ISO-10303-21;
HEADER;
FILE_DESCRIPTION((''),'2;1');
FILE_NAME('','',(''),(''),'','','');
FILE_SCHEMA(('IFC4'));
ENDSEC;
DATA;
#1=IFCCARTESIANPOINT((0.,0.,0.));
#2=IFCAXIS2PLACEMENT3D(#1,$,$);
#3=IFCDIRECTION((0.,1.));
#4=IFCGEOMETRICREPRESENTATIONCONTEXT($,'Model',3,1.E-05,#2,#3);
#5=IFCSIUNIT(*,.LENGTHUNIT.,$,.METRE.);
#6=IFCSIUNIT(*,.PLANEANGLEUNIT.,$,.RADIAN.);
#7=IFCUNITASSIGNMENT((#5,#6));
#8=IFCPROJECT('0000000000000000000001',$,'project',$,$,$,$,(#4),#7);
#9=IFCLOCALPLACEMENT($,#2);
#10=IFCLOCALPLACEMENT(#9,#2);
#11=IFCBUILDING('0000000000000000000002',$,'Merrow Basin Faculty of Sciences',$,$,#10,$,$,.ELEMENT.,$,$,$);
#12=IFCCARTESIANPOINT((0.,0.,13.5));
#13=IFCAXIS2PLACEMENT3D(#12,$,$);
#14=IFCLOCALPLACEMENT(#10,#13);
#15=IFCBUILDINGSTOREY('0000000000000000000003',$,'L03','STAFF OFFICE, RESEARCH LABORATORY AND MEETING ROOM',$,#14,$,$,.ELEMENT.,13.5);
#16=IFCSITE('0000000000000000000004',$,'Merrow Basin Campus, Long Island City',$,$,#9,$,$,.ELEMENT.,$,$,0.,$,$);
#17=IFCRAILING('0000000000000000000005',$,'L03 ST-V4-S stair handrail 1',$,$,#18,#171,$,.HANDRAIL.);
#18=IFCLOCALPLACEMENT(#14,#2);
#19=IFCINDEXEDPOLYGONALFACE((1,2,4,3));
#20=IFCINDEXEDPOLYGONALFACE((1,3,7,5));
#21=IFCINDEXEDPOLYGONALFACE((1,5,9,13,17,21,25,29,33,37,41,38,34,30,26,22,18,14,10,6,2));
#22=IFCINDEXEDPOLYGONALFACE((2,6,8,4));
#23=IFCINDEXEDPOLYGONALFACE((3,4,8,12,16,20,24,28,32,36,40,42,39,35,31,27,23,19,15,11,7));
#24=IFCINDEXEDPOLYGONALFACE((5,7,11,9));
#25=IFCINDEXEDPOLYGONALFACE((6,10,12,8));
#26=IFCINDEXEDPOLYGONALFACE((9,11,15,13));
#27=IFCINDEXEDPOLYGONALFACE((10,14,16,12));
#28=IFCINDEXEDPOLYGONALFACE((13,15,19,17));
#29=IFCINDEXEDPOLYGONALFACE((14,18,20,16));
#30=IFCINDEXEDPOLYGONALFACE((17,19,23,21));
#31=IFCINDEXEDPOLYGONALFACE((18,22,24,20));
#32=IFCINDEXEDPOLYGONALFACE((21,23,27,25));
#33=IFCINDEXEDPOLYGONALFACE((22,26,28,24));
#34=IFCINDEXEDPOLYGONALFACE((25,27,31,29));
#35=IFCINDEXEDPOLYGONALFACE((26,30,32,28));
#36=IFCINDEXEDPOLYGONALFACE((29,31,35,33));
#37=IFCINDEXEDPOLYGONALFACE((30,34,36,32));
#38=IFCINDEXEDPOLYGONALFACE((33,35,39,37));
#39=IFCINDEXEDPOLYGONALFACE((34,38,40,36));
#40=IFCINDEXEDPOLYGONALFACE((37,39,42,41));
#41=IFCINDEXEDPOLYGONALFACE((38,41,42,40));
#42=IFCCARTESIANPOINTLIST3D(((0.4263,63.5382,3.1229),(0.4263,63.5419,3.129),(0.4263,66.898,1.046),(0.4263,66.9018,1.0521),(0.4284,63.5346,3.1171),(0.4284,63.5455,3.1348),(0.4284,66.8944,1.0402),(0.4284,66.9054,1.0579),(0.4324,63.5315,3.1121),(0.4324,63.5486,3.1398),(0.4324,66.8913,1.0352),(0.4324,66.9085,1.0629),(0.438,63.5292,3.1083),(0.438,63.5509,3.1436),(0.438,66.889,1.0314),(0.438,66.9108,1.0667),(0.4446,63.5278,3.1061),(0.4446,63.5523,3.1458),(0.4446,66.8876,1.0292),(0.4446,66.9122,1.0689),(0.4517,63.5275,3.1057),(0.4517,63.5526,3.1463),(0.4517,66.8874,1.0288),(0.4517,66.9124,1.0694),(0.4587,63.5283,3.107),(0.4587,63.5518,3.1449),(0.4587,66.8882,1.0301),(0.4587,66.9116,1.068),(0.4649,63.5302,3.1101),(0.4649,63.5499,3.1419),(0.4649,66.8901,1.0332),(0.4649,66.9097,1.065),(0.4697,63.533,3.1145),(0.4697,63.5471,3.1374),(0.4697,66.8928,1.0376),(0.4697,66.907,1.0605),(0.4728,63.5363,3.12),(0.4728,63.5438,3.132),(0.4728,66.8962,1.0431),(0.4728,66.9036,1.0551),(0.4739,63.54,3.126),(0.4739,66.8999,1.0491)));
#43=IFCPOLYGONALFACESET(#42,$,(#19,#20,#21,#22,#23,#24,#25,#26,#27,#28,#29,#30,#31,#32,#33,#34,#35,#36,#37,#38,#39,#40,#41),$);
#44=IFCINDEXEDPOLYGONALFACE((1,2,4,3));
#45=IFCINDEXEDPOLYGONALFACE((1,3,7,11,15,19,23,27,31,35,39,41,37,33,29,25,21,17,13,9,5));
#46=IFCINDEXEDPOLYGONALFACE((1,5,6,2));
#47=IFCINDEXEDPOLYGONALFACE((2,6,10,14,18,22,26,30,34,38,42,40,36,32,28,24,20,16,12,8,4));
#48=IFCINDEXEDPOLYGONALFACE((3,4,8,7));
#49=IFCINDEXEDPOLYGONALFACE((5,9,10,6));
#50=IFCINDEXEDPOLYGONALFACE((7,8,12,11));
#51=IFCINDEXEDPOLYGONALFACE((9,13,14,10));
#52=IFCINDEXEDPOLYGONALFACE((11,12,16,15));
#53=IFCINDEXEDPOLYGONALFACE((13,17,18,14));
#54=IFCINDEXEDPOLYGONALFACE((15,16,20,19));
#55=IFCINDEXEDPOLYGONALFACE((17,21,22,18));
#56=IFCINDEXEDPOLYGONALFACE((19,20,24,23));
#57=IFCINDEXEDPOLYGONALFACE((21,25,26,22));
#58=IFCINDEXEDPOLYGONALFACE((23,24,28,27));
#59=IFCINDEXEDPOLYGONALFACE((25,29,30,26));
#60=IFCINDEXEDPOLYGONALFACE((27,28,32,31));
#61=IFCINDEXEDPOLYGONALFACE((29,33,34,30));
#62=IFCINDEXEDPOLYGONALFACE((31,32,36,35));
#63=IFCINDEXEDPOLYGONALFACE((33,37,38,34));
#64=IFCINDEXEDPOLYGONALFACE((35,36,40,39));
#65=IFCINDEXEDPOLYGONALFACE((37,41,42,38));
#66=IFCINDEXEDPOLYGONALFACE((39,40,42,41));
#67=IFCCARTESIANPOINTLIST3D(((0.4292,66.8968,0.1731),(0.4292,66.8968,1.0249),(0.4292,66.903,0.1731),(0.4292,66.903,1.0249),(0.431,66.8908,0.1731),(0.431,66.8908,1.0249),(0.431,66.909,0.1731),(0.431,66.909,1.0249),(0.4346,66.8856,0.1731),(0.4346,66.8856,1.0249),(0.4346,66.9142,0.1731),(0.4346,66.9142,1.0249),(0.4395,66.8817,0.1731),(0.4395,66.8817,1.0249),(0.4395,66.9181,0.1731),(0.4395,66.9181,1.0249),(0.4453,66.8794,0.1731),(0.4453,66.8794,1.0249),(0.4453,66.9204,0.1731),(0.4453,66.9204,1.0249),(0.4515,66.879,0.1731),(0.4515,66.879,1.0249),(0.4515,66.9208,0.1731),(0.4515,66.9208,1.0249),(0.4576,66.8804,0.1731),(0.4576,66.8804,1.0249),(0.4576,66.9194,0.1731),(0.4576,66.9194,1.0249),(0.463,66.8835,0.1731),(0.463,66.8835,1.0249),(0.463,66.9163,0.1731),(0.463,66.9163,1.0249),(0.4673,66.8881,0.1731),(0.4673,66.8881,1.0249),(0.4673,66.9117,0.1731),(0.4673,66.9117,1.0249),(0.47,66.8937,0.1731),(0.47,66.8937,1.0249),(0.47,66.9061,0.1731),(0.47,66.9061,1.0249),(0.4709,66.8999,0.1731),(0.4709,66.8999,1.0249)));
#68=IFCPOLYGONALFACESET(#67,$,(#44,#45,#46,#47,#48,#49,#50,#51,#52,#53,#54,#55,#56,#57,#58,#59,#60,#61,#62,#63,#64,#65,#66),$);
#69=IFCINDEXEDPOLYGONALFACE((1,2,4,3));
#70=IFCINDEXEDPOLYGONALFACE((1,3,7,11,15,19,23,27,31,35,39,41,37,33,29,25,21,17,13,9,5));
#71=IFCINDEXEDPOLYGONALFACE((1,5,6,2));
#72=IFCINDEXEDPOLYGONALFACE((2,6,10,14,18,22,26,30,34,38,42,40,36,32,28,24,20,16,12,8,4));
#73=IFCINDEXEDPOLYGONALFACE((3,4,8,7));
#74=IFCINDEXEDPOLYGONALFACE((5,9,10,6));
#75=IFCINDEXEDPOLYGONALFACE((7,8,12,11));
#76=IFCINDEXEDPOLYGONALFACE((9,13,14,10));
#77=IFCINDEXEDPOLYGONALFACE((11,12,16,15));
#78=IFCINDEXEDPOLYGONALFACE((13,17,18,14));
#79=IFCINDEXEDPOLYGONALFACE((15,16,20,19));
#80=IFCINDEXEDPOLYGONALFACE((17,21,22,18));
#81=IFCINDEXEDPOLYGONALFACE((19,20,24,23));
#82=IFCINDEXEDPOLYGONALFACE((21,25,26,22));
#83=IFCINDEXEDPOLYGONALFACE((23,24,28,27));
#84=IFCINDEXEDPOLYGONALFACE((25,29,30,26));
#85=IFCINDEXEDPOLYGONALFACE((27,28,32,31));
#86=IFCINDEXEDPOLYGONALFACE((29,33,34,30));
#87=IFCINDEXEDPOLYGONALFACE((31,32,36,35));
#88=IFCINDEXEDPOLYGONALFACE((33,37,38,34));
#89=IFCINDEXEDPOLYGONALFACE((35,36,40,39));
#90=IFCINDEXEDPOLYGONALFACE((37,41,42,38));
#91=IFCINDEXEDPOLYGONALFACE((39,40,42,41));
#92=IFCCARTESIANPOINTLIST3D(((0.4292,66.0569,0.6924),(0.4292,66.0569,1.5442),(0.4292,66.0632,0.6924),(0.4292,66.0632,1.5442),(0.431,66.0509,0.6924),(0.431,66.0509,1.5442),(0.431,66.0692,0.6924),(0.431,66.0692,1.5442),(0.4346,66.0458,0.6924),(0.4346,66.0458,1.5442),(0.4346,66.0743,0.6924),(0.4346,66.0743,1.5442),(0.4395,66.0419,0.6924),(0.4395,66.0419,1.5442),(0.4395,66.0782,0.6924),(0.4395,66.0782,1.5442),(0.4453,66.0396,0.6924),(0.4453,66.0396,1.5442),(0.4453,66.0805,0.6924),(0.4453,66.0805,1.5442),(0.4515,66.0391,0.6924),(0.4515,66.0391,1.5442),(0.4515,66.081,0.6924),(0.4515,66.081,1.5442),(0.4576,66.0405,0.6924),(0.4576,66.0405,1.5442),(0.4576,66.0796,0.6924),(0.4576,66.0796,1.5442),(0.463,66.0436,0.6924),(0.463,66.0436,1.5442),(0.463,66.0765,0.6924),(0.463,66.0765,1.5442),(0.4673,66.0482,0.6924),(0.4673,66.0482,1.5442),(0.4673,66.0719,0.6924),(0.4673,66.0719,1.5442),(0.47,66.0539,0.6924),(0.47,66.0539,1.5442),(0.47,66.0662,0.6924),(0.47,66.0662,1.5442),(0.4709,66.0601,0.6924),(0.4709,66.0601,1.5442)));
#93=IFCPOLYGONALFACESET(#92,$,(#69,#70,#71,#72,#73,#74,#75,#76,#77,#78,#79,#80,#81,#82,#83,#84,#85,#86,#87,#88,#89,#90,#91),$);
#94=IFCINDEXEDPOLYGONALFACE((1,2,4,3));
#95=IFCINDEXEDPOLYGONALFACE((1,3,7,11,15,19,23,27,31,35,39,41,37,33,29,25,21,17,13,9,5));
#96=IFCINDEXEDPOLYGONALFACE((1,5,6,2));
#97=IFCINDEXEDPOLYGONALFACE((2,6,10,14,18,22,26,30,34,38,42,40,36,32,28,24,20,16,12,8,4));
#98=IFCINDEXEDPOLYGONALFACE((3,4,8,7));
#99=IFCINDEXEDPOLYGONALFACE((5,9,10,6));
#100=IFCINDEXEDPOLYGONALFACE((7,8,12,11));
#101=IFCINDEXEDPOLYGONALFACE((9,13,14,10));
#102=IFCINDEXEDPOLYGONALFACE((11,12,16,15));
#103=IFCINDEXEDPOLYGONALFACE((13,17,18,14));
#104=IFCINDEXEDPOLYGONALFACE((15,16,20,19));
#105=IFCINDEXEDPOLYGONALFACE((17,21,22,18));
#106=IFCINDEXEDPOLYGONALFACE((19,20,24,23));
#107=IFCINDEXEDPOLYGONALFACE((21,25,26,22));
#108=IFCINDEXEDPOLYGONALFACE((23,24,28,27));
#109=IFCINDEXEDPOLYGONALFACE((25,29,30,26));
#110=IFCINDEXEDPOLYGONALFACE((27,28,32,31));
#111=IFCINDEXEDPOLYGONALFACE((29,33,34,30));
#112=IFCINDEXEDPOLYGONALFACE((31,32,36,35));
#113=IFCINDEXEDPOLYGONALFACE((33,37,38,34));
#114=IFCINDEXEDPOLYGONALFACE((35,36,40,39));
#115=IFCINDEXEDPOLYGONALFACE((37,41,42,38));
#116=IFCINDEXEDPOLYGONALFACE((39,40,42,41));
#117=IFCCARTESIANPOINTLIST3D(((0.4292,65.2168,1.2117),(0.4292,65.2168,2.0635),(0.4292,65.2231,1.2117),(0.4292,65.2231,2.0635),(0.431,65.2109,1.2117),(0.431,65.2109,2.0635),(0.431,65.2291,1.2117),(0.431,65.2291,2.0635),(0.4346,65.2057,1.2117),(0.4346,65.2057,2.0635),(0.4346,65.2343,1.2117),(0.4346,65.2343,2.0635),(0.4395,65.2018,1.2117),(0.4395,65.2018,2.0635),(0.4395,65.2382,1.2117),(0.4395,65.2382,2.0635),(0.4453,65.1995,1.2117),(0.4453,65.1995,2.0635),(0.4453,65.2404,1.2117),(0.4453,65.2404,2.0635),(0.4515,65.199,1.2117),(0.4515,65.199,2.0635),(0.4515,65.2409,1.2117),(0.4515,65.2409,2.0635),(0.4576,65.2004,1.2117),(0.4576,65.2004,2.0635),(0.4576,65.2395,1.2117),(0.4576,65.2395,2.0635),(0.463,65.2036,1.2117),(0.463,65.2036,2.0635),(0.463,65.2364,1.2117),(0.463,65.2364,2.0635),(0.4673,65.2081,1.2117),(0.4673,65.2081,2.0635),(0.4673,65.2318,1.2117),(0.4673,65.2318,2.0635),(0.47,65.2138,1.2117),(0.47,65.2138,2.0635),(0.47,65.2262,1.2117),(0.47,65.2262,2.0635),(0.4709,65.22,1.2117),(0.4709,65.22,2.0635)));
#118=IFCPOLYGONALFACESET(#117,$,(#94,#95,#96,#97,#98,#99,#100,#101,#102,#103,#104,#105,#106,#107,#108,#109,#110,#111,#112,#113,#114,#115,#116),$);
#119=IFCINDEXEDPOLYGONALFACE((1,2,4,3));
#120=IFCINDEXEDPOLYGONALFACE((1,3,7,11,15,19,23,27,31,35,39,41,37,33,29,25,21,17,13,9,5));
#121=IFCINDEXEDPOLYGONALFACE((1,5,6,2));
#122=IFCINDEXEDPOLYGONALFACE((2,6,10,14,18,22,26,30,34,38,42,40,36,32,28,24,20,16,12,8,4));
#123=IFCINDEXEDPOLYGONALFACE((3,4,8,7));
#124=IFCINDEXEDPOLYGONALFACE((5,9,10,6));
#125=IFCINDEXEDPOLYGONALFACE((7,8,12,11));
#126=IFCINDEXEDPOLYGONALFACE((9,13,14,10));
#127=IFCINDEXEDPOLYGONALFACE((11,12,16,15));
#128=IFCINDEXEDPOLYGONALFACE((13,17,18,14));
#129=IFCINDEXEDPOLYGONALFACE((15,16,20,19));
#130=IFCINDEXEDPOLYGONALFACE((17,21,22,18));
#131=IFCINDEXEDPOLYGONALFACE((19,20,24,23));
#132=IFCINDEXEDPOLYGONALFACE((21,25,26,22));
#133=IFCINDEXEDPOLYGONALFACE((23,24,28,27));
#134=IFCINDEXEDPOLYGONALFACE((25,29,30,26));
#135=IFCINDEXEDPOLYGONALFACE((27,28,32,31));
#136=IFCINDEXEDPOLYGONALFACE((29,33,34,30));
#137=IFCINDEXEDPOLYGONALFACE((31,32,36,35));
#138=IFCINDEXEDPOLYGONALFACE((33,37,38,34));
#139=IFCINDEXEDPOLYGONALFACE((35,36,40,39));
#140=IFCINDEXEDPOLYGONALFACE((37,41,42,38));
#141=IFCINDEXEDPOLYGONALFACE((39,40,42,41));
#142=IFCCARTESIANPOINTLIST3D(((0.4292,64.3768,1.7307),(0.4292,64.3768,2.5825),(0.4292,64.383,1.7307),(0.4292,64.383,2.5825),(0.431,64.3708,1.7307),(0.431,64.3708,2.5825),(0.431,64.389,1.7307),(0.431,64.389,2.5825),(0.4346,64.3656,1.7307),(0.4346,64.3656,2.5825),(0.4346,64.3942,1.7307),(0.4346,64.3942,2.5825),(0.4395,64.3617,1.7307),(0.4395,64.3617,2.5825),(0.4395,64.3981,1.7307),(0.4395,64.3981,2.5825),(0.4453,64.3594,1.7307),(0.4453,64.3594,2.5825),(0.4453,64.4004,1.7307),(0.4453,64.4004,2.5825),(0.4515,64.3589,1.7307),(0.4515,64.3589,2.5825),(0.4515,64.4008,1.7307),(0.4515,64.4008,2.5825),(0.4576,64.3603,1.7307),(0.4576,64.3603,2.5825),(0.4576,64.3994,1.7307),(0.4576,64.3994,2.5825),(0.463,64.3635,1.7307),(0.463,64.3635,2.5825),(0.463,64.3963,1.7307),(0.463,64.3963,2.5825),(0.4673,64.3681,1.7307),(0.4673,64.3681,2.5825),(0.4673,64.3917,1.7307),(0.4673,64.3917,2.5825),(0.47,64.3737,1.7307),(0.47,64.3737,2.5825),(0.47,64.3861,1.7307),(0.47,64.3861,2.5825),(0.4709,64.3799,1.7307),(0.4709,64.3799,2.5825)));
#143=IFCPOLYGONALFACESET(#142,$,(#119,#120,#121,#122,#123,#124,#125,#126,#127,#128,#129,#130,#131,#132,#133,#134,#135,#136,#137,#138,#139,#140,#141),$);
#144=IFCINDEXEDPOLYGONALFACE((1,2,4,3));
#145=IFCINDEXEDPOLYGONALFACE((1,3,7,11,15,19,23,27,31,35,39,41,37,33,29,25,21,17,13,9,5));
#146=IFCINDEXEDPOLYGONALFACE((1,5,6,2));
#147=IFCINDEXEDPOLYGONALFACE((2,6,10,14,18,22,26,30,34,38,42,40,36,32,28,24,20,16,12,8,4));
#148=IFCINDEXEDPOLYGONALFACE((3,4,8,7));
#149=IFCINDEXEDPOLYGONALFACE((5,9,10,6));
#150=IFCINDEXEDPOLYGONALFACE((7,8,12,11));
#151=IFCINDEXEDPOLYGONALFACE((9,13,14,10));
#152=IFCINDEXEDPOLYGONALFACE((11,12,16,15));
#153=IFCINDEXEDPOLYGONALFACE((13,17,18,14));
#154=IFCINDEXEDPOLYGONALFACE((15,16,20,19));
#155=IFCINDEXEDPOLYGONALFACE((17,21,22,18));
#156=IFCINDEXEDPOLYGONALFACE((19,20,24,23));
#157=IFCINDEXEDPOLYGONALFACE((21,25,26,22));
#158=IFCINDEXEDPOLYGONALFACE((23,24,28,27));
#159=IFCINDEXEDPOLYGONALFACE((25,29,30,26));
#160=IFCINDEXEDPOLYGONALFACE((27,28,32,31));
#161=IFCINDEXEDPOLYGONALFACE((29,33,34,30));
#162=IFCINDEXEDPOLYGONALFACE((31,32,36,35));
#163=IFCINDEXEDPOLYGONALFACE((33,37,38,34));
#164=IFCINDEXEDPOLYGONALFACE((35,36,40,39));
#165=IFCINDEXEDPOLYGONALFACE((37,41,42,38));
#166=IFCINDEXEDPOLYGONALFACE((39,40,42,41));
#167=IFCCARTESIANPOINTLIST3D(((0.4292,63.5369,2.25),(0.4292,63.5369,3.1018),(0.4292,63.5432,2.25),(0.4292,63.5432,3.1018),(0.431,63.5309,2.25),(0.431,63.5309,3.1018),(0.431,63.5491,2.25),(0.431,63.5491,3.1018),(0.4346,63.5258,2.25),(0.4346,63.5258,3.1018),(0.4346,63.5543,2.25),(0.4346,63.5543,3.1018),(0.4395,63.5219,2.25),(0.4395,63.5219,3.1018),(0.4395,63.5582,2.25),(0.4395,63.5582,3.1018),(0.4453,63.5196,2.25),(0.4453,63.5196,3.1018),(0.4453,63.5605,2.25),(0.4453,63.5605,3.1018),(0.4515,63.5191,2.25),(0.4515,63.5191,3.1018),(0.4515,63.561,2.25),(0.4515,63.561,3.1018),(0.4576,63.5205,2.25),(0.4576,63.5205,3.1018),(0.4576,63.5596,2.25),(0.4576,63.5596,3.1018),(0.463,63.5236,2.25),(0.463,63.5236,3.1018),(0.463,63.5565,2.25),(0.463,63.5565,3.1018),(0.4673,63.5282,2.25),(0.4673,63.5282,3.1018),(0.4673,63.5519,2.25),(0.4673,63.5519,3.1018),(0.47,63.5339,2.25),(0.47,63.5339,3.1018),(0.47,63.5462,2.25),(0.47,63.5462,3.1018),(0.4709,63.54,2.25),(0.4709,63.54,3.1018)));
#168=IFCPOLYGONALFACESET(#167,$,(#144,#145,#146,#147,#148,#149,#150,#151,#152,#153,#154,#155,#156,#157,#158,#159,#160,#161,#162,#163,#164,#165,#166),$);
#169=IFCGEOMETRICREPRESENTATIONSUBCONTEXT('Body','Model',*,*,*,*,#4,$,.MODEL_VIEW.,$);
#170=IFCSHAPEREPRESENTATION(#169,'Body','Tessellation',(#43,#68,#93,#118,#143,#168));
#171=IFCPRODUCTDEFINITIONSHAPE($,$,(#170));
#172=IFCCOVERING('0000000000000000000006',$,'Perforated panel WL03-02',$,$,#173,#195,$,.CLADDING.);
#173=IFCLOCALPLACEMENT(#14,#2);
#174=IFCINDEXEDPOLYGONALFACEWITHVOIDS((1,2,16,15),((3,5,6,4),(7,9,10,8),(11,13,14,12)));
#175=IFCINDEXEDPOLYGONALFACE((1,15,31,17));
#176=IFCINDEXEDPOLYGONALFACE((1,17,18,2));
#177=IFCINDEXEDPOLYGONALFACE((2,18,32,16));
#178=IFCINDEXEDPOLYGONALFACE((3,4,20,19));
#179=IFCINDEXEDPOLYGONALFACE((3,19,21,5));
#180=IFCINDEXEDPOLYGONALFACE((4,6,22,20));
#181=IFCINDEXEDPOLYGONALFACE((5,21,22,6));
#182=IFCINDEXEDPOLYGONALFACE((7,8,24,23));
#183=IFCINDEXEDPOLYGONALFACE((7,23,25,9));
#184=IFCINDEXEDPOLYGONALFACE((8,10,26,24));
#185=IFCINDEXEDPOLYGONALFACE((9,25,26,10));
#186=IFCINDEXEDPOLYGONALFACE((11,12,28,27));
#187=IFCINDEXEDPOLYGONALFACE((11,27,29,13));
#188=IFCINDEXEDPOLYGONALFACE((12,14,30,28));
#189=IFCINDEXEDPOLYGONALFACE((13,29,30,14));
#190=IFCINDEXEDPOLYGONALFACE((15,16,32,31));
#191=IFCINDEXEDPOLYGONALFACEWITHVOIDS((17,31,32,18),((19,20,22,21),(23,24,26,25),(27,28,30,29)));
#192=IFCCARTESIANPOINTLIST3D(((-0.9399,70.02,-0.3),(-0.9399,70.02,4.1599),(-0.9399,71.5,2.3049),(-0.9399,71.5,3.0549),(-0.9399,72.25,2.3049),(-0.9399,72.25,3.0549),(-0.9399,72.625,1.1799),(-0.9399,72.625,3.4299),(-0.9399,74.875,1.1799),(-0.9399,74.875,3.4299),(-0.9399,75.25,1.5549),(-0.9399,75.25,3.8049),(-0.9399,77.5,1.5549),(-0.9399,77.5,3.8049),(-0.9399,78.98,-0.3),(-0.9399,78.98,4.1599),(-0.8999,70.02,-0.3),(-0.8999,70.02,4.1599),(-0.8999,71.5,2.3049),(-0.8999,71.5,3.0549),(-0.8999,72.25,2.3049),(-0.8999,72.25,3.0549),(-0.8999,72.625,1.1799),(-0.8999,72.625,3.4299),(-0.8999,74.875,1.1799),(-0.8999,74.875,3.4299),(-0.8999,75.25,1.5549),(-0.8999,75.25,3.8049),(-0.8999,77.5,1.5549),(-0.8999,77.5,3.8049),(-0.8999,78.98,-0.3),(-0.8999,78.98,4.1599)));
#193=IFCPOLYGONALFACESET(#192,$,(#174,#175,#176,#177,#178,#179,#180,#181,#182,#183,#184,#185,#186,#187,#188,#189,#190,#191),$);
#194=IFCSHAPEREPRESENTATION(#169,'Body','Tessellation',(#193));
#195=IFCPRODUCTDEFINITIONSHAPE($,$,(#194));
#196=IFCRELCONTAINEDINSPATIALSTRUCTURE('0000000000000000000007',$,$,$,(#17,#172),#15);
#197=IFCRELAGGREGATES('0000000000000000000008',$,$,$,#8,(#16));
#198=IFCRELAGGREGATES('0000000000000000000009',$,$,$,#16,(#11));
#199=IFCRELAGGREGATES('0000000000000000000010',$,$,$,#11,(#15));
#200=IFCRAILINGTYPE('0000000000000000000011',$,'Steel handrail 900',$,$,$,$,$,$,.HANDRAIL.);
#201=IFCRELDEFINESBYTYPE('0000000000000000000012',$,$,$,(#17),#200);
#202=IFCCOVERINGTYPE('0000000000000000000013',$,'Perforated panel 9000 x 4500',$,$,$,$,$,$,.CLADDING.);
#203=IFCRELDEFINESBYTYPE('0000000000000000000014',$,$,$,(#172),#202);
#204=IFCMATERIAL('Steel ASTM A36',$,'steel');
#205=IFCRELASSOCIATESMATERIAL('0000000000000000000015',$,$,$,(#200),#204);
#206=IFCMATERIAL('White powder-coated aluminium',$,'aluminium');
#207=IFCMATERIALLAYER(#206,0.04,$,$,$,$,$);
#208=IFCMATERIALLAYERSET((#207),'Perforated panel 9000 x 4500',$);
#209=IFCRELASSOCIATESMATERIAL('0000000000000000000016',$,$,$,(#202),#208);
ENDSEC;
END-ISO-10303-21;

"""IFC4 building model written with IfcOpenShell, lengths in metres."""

from ifc_helpers import new_model, si_unit, direction, frame, origin, origin_2d, place, context, subcontext, project, spatial, polyline, circle, outline, extrude, source, transform, mapped, material, layer, layer_set, type_object, element, save


model = new_model("IFC4")

# Units and contexts
model_context = context("Model", 3, precision=1e-05, world=origin(), true_north=direction((0.0, 1.0)))
body_context = subcontext(model_context, "Body", "Model", "MODEL_VIEW")
ifc_project = project(units=[si_unit("LENGTHUNIT", "METRE"), si_unit("PLANEANGLEUNIT", "RADIAN")], contexts=[model_context])

# Site, building, storey
site_placement = place(None, origin())
site = spatial("IfcSite", under=ifc_project, at=site_placement, Name="Merrow Basin Campus, Long Island City", CompositionType="ELEMENT", RefElevation=0.0)
building_placement = place(site_placement, origin())
building = spatial("IfcBuilding", under=site, at=building_placement, Name="Merrow Basin Faculty of Sciences", CompositionType="ELEMENT")
storey_placement = place(building_placement, frame((0.0, 0.0, 13.5)))
storey = spatial("IfcBuildingStorey", under=building, at=storey_placement, Name="L03", Description="STAFF OFFICE, RESEARCH LABORATORY AND MEETING ROOM", CompositionType="ELEMENT", Elevation=13.5)

# Railing
ifc_material_1 = material(Name="Steel ASTM A36", Category="steel")
railing_type_1 = type_object("IfcRailingType", Name="Steel handrail 900", PredefinedType="HANDRAIL", material=ifc_material_1)
railing_1_placement = place(storey_placement, frame((0.45, 66.8999, 0.1731)))
element("IfcRailing", 1, at=railing_1_placement, inside=storey, type_object=railing_type_1, Name="L03 ST-V4-S stair handrail 1", PredefinedType="HANDRAIL", context=body_context, shape_type="SweptSolid", body=[
    extrude(circle(Radius=0.0239, at=origin_2d()), frame((0.0, 0.0, 0.876), z_axis=(0.0, -0.850606, 0.525803), x_axis=(1.0, 0.0, 0.0)), (0.0, 0.0, 1.0), 3.95),
    extrude(circle(Radius=0.021, at=origin_2d()), origin(), (0.0, 0.0, 1.0), 0.8518),
    extrude(circle(Radius=0.021, at=origin_2d()), frame((0.0, -0.8398, 0.5193)), (0.0, 0.0, 1.0), 0.8518),
    extrude(circle(Radius=0.021, at=origin_2d()), frame((0.0, -1.6799, 1.0386)), (0.0, 0.0, 1.0), 0.8518),
    extrude(circle(Radius=0.021, at=origin_2d()), frame((0.0, -2.52, 1.5576)), (0.0, 0.0, 1.0), 0.8518),
    extrude(circle(Radius=0.021, at=origin_2d()), frame((0.0, -3.3599, 2.0769)), (0.0, 0.0, 1.0), 0.8518),
])

# Covering
ifc_material_2 = material(Name="White powder-coated aluminium", Category="aluminium")
ifc_layer_1 = layer(ifc_material_2, 0.04)
ifc_layer_set_1 = layer_set([ifc_layer_1], Name="Perforated panel 9000 x 4500")
covering_type = type_object("IfcCoveringType", Name="Perforated panel 9000 x 4500", PredefinedType="CLADDING", material=ifc_layer_set_1)
shared_shape_1 = source(origin(), body_context, "Body", "SweptSolid", [
    extrude(outline(polyline([(0.02, 0.02), (8.98, 0.02), (8.98, 4.48), (0.02, 4.48), (0.02, 0.02)]), holes=[polyline([(2.625, 1.5), (4.875, 1.5), (4.875, 3.75), (2.625, 3.75), (2.625, 1.5)]), polyline([(5.25, 1.875), (7.5, 1.875), (7.5, 4.125), (5.25, 4.125), (5.25, 1.875)]), polyline([(1.5, 2.625), (2.25, 2.625), (2.25, 3.375), (1.5, 3.375), (1.5, 2.625)])]), origin(), (0.0, 0.0, 1.0), 0.04),
])
covering_placement = place(storey_placement, frame((-0.9399, 70.0, -0.3201), z_axis=(1.0, 0.0, 0.0), x_axis=(0.0, 1.0, 0.0)))
element("IfcCovering", 2, at=covering_placement, inside=storey, type_object=covering_type, Name="Perforated panel WL03-02", PredefinedType="CLADDING", context=body_context, shape_type="MappedRepresentation", body=[
    mapped(shared_shape_1, transform((0.0, 0.0, 0.0), scale=1.0)),
])

save(model, "model.ifc")
